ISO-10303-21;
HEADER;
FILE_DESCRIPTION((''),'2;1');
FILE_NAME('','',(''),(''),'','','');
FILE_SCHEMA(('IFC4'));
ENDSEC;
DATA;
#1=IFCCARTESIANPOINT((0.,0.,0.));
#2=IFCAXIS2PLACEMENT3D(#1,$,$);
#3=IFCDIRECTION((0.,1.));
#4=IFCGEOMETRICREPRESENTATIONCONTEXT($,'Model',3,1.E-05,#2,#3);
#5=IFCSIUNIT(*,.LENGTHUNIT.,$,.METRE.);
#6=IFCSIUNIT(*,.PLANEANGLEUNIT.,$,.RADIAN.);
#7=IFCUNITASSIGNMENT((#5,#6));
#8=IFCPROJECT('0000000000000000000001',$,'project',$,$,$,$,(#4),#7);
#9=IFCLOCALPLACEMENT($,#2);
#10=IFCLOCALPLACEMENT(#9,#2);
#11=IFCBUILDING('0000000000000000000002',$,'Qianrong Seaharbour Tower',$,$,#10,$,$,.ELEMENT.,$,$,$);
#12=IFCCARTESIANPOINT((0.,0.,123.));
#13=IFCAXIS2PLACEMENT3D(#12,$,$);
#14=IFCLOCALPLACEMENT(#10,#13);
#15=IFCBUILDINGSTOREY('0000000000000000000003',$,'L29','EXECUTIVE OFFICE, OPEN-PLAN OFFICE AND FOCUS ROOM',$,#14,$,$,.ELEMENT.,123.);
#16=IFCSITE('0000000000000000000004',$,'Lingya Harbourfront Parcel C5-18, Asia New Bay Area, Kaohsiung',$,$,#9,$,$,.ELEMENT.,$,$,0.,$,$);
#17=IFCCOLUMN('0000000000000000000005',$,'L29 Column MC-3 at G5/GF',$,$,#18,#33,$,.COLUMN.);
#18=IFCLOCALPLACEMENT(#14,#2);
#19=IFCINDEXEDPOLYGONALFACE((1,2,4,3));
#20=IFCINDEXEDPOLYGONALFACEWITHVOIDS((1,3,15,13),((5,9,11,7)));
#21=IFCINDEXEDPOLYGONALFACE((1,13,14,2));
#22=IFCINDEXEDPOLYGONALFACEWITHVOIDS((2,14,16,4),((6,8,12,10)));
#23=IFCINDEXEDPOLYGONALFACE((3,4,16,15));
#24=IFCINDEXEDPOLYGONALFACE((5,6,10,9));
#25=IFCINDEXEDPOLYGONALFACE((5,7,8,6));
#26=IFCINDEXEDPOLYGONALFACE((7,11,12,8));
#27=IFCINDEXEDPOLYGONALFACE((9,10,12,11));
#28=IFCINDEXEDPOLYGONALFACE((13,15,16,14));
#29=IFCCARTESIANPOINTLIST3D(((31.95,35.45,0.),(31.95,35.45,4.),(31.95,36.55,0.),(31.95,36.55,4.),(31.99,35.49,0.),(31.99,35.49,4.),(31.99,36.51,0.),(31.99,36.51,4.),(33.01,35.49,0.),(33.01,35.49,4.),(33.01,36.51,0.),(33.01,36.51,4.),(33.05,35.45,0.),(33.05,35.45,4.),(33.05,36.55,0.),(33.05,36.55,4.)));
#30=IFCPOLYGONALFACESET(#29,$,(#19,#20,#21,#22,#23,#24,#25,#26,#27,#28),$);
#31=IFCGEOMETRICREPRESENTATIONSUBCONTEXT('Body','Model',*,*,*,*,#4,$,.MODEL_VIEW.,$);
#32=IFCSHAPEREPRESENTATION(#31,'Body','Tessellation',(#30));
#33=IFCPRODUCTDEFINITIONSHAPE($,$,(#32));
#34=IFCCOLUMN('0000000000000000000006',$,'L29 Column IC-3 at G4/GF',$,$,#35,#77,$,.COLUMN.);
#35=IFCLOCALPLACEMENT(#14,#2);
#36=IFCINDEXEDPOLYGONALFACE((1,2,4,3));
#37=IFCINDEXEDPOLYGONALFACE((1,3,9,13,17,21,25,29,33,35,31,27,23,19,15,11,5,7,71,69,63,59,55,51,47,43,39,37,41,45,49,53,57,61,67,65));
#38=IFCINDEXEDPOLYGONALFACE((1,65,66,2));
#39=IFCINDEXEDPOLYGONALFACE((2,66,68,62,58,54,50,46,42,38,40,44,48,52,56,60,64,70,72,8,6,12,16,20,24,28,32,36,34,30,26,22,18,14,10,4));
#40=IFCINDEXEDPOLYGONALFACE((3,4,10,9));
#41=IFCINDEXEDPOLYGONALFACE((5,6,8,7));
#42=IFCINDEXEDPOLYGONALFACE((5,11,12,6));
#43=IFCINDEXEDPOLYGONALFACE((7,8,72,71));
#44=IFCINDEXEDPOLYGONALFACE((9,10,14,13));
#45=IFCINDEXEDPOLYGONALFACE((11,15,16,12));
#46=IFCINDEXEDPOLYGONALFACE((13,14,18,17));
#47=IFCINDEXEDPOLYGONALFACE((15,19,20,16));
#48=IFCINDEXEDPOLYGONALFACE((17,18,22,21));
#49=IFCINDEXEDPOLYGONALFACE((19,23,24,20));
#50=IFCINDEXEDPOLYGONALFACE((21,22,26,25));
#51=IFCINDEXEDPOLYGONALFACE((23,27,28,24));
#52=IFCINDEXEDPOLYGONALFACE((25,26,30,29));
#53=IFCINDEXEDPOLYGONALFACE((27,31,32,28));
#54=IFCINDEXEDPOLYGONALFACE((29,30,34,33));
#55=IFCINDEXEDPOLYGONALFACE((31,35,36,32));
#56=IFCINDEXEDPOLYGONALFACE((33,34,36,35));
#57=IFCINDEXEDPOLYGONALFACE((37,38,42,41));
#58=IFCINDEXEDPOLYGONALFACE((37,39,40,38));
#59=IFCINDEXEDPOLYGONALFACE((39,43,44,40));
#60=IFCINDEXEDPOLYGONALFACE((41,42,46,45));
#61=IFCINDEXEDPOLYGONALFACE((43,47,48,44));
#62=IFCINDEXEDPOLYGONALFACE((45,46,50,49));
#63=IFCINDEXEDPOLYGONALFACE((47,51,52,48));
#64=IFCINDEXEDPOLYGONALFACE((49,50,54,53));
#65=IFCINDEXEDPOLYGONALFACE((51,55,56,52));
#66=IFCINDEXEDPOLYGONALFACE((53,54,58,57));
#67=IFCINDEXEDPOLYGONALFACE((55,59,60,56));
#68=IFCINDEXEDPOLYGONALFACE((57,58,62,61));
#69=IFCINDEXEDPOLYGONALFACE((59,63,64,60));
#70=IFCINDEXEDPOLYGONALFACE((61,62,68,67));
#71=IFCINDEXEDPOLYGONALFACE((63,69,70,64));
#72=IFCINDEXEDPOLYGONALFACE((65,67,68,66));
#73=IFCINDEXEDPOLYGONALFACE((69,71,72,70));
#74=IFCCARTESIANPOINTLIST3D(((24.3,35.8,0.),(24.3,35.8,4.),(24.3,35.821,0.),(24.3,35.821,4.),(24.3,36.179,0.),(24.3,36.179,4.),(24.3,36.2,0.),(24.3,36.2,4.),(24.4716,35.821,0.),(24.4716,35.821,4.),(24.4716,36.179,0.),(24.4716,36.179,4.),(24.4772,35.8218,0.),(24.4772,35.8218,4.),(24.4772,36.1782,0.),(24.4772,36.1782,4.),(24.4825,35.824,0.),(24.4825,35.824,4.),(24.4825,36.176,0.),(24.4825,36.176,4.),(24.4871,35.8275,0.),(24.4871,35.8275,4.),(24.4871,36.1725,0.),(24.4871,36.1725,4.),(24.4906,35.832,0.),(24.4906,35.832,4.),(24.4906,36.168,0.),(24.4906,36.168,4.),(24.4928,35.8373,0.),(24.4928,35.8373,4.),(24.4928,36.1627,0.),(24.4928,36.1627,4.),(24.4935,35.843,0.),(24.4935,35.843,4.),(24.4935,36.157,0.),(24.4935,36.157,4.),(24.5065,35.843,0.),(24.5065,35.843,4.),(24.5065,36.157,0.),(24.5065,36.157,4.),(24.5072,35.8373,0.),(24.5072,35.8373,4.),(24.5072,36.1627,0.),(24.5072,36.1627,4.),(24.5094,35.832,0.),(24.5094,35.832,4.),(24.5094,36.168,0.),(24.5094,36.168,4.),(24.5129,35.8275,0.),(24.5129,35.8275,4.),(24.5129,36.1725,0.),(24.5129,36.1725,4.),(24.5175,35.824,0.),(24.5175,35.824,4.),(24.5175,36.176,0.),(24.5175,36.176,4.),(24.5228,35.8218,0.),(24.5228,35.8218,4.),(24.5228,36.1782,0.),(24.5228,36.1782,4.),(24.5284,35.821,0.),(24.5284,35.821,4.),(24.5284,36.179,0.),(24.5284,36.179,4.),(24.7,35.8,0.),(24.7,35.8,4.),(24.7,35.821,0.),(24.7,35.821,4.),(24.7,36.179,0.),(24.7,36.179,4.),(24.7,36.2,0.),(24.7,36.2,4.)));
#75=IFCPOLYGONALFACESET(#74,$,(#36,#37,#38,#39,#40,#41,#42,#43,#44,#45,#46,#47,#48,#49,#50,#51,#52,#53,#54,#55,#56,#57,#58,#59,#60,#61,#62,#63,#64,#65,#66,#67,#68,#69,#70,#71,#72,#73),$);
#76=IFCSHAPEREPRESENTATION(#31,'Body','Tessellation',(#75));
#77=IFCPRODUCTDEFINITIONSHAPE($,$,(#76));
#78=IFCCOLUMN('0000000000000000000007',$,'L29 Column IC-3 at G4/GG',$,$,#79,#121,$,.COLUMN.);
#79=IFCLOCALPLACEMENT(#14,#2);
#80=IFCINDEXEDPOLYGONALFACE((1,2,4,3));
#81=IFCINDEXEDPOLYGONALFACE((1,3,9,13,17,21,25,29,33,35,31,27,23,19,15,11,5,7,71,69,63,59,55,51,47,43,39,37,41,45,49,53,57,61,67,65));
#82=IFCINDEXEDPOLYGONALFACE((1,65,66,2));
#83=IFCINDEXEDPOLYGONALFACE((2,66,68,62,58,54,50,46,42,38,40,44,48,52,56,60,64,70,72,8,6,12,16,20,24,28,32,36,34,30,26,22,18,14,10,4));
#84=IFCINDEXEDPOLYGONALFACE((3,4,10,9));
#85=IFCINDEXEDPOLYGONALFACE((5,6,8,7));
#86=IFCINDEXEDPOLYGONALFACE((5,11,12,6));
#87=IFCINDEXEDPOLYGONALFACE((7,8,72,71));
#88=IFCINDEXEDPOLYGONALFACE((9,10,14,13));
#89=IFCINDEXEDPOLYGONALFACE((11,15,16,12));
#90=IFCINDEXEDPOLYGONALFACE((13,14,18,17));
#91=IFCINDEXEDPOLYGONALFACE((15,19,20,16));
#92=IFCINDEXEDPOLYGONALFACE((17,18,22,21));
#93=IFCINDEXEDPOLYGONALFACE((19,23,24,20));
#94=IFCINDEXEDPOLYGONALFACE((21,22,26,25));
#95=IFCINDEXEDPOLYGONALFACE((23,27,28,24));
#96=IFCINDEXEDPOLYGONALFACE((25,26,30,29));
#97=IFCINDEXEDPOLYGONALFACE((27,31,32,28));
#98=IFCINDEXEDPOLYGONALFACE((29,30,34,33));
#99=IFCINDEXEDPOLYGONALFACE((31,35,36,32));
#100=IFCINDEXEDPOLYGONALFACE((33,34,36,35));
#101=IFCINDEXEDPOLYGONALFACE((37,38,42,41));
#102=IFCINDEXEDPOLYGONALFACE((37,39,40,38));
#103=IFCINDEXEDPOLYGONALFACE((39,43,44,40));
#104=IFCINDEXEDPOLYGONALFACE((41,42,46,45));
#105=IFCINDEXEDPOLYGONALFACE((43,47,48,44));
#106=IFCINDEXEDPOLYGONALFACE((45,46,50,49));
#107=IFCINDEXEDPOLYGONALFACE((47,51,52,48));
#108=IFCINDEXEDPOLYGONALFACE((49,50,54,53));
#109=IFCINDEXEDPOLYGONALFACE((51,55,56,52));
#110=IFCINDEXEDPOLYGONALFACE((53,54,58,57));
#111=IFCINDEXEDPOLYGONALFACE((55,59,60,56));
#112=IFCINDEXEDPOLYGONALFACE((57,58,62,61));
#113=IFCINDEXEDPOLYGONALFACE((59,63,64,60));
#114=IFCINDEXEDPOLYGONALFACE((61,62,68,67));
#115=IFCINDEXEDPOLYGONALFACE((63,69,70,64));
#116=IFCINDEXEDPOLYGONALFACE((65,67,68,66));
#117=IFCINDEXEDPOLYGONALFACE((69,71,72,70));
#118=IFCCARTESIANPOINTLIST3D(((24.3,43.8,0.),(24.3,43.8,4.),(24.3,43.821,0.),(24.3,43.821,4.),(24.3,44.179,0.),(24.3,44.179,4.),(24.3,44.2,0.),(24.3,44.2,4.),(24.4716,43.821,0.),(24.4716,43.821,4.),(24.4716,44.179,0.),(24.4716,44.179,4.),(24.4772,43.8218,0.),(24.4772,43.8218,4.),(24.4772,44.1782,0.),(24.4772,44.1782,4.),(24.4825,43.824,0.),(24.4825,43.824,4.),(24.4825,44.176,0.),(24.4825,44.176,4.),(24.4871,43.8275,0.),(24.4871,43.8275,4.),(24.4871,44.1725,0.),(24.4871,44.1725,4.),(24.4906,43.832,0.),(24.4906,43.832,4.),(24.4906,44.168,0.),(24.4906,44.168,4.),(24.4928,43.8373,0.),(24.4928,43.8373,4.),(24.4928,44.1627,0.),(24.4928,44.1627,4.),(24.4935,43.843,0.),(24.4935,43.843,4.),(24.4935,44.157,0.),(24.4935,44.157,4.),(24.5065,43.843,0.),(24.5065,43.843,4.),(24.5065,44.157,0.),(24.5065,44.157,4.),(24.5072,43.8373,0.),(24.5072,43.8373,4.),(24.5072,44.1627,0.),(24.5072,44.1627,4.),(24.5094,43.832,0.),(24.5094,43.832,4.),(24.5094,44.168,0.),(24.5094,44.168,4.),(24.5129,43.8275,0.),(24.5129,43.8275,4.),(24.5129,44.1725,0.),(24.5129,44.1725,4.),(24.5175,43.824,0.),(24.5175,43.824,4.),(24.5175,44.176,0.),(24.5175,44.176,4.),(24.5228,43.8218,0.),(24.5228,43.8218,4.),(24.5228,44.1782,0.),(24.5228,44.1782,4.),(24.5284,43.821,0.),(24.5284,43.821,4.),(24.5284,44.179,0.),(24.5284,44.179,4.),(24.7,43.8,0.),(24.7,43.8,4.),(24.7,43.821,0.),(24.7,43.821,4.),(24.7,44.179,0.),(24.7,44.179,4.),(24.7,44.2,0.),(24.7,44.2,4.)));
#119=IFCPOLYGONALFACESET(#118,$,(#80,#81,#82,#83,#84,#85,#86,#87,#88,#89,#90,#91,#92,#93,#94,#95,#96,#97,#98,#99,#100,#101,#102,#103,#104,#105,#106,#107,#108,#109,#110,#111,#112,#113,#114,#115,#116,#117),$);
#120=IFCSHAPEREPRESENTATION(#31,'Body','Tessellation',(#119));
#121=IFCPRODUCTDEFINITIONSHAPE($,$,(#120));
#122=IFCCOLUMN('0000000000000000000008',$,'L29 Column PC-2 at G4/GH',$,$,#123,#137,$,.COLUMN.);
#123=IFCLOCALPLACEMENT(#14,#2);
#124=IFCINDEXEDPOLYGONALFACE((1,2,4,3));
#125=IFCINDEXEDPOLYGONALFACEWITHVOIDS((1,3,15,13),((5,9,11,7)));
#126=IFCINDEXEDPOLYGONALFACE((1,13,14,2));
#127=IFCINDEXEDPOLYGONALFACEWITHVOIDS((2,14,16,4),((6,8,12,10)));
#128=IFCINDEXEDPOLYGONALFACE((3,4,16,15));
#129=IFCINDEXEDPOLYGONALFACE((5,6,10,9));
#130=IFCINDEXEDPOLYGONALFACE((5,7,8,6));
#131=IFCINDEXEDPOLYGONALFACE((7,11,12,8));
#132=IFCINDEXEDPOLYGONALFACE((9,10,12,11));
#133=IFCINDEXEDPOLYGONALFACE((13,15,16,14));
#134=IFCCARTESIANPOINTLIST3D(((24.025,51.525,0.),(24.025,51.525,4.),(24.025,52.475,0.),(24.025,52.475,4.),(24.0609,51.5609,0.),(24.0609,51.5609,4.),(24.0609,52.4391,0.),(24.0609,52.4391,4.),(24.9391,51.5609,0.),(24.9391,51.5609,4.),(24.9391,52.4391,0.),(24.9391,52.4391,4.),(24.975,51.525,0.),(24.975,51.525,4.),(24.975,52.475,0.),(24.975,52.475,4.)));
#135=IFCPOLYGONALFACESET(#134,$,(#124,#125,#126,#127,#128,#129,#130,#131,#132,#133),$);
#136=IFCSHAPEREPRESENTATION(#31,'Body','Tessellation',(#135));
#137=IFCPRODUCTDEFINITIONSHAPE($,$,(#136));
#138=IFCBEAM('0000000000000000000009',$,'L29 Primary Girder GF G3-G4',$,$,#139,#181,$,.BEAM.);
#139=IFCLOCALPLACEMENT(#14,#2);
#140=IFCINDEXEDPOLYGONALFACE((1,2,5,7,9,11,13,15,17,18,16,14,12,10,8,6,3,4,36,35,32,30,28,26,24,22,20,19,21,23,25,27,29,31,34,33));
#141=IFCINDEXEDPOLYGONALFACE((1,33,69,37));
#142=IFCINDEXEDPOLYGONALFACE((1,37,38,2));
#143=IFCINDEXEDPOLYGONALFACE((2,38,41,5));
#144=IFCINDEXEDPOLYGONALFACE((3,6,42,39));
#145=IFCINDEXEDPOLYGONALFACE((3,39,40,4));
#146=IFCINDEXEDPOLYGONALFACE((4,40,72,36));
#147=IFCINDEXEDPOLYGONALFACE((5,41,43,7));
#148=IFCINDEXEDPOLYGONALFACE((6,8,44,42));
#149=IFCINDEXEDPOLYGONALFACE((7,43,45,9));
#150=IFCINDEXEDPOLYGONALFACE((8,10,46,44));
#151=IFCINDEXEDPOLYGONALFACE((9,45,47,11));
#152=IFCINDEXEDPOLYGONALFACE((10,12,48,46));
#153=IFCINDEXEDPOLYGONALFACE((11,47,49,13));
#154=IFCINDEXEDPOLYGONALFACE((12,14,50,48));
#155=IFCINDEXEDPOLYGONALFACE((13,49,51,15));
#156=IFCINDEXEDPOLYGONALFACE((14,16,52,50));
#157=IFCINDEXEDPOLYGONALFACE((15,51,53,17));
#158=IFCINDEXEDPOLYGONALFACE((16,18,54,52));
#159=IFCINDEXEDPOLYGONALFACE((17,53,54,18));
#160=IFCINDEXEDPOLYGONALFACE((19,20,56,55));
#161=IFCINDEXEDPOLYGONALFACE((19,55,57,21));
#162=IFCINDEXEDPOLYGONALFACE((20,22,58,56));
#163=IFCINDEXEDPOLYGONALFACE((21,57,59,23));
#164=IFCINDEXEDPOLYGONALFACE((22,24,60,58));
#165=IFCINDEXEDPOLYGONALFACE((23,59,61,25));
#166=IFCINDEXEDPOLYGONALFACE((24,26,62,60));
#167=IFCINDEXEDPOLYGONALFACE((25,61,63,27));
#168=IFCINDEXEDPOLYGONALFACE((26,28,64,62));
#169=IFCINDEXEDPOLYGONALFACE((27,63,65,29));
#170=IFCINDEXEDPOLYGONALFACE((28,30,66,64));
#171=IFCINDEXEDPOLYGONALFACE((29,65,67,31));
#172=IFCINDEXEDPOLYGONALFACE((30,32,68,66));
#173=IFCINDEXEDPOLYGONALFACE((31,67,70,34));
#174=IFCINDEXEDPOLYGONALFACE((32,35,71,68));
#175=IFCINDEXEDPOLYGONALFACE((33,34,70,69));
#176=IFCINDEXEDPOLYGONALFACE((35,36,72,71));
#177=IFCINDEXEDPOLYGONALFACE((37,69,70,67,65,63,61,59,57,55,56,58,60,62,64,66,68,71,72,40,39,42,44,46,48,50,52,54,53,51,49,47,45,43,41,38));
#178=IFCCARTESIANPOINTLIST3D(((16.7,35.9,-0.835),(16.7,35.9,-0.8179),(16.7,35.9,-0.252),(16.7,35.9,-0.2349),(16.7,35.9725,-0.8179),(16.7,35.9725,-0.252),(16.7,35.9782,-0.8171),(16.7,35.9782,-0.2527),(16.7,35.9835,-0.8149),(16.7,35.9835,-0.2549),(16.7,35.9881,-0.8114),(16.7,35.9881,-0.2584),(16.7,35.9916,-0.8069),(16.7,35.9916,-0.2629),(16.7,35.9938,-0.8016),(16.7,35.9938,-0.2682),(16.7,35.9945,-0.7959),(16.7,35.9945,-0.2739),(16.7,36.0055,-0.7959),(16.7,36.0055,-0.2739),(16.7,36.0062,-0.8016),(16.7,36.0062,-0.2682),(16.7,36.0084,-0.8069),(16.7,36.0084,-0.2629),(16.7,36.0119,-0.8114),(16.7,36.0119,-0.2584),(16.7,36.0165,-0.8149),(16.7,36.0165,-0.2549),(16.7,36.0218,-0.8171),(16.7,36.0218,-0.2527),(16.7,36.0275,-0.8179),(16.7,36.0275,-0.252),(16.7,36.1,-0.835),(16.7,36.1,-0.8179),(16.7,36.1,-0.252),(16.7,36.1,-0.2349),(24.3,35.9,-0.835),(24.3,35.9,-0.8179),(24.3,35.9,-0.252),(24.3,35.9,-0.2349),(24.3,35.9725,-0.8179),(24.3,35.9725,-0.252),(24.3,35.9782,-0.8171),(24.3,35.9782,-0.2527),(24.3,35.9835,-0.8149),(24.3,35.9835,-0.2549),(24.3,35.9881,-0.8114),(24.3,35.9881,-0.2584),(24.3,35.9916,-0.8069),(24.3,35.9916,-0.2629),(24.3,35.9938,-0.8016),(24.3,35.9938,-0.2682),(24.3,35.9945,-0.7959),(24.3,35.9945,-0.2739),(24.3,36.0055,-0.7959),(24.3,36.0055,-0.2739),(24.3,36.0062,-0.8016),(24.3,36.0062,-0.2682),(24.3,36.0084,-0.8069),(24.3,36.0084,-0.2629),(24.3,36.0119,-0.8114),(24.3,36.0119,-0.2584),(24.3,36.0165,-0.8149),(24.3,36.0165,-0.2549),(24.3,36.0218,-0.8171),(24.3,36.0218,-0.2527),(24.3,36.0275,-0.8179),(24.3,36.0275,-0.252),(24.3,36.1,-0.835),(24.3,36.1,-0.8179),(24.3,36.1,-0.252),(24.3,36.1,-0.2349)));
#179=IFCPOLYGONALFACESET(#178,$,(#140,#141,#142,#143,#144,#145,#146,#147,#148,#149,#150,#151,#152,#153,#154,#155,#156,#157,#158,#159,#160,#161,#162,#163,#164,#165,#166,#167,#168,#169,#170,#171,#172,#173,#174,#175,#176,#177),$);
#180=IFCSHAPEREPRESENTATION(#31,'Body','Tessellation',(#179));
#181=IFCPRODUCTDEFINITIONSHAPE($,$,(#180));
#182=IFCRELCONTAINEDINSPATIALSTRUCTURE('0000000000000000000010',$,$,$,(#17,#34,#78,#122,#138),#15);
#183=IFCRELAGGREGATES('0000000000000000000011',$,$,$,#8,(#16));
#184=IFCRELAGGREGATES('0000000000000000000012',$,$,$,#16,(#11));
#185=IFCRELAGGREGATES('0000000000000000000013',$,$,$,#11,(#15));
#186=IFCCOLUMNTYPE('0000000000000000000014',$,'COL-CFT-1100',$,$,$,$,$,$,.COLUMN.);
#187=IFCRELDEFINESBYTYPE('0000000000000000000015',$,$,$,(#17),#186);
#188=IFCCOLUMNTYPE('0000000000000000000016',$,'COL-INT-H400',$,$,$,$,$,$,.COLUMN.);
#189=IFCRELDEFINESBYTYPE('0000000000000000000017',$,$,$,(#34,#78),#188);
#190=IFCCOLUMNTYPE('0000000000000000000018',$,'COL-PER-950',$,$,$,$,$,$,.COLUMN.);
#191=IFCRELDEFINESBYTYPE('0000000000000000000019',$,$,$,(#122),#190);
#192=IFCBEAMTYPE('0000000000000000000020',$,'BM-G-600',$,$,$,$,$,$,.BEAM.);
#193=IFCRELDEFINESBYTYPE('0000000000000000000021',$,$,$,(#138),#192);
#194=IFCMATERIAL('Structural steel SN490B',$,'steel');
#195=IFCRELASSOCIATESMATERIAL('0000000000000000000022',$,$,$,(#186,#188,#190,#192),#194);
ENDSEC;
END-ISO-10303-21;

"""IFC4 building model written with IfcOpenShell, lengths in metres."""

from ifc_helpers import new_model, si_unit, direction, frame, origin, origin_2d, place, context, subcontext, project, spatial, hollow_rectangle, i_section, extrude, material, material_profile, profile_set, type_object, element, save


model = new_model("IFC4")

# Units and contexts
model_context = context("Model", 3, precision=1e-05, world=origin(), true_north=direction((0.0, 1.0)))
body_context = subcontext(model_context, "Body", "Model", "MODEL_VIEW")
ifc_project = project(units=[si_unit("LENGTHUNIT", "METRE"), si_unit("PLANEANGLEUNIT", "RADIAN")], contexts=[model_context])

# Site, building, storey
site_placement = place(None, origin())
site = spatial("IfcSite", under=ifc_project, at=site_placement, Name="Lingya Harbourfront Parcel C5-18, Asia New Bay Area, Kaohsiung", CompositionType="ELEMENT", RefElevation=0.0)
building_placement = place(site_placement, origin())
building = spatial("IfcBuilding", under=site, at=building_placement, Name="Qianrong Seaharbour Tower", CompositionType="ELEMENT")
storey_placement = place(building_placement, frame((0.0, 0.0, 123.0)))
storey = spatial("IfcBuildingStorey", under=building, at=storey_placement, Name="L29", Description="EXECUTIVE OFFICE, OPEN-PLAN OFFICE AND FOCUS ROOM", CompositionType="ELEMENT", Elevation=123.0)

# Columns
ifc_material_1 = material(Name="Structural steel SN490B", Category="steel")
ifc_material_profile_1 = material_profile(ifc_material_1, hollow_rectangle(XDim=1.1001, YDim=1.1001, WallThickness=0.04, at=origin_2d()), Name="BOX1100x1100x40")
ifc_profile_set_1 = profile_set([ifc_material_profile_1], Name="Structural steel SN490B")
column_type_1 = type_object("IfcColumnType", Name="COL-CFT-1100", PredefinedType="COLUMN", material=ifc_profile_set_1)
column_1_placement = place(storey_placement, frame((32.5, 36.0, 0.0), z_axis=(0.0, 0.0, 1.0), x_axis=(1.0, 0.0, 0.0)))
element("IfcColumn", 1, at=column_1_placement, inside=storey, type_object=column_type_1, Name="L29 Column MC-3 at G5/GF", PredefinedType="COLUMN", context=body_context, shape_type="SweptSolid", body=[
    extrude(hollow_rectangle(XDim=1.1001, YDim=1.1001, WallThickness=0.04, at=origin_2d()), origin(), (0.0, 0.0, 1.0), 4.0),
])
ifc_material_profile_2 = material_profile(ifc_material_1, i_section(OverallWidth=0.3999, OverallDepth=0.3999, WebThickness=0.0129, FlangeThickness=0.021, FilletRadius=0.022, at=origin_2d()), Name="H400x400x13x21")
ifc_profile_set_2 = profile_set([ifc_material_profile_2], Name="Structural steel SN490B")
column_type_2 = type_object("IfcColumnType", Name="COL-INT-H400", PredefinedType="COLUMN", material=ifc_profile_set_2)
for number, where, z_axis, x_axis, name in (
    (2, (24.5, 36.0, 0.0), (0.0, 0.0, 1.0), (1.0, 0.0, 0.0), "L29 Column IC-3 at G4/GF"),
    (3, (24.5, 44.0, 0.0), (0.0, 0.0, 1.0), (1.0, 0.0, 0.0), "L29 Column IC-3 at G4/GG"),
):
    element("IfcColumn", number, at=place(storey_placement, frame(where, z_axis=z_axis, x_axis=x_axis)), inside=storey, type_object=column_type_2, Name=name, PredefinedType="COLUMN", context=body_context, shape_type="SweptSolid", body=[
        extrude(i_section(OverallWidth=0.3999, OverallDepth=0.3999, WebThickness=0.0129, FlangeThickness=0.021, FilletRadius=0.022, at=origin_2d()), origin(), (0.0, 0.0, 1.0), 4.0),
    ])
ifc_material_profile_3 = material_profile(ifc_material_1, hollow_rectangle(XDim=0.95, YDim=0.95, WallThickness=0.0359, at=origin_2d()), Name="BOX950x950x36")
ifc_profile_set_3 = profile_set([ifc_material_profile_3], Name="Structural steel SN490B")
column_type_3 = type_object("IfcColumnType", Name="COL-PER-950", PredefinedType="COLUMN", material=ifc_profile_set_3)
column_2_placement = place(storey_placement, frame((24.5, 52.0, 0.0), z_axis=(0.0, 0.0, 1.0), x_axis=(1.0, 0.0, 0.0)))
element("IfcColumn", 4, at=column_2_placement, inside=storey, type_object=column_type_3, Name="L29 Column PC-2 at G4/GH", PredefinedType="COLUMN", context=body_context, shape_type="SweptSolid", body=[
    extrude(hollow_rectangle(XDim=0.95, YDim=0.95, WallThickness=0.0359, at=origin_2d()), origin(), (0.0, 0.0, 1.0), 4.0),
])

# Beam
ifc_material_profile_4 = material_profile(ifc_material_1, i_section(OverallWidth=0.2, OverallDepth=0.6001, WebThickness=0.011, FlangeThickness=0.0171, FilletRadius=0.022, at=origin_2d()), Name="H600x200x11x17")
ifc_profile_set_4 = profile_set([ifc_material_profile_4], Name="Structural steel SN490B")
beam_type_1 = type_object("IfcBeamType", Name="BM-G-600", PredefinedType="BEAM", material=ifc_profile_set_4)
beam_1_placement = place(storey_placement, frame((16.7, 36.0, -0.5349), z_axis=(1.0, 0.0, 0.0), x_axis=(0.0, 1.0, 0.0)))
element("IfcBeam", 5, at=beam_1_placement, inside=storey, type_object=beam_type_1, Name="L29 Primary Girder GF G3-G4", PredefinedType="BEAM", context=body_context, shape_type="SweptSolid", body=[
    extrude(i_section(OverallWidth=0.2, OverallDepth=0.6001, WebThickness=0.011, FlangeThickness=0.0171, FilletRadius=0.022, at=origin_2d()), origin(), (0.0, 0.0, 1.0), 7.6001),
])

save(model, "model.ifc")
